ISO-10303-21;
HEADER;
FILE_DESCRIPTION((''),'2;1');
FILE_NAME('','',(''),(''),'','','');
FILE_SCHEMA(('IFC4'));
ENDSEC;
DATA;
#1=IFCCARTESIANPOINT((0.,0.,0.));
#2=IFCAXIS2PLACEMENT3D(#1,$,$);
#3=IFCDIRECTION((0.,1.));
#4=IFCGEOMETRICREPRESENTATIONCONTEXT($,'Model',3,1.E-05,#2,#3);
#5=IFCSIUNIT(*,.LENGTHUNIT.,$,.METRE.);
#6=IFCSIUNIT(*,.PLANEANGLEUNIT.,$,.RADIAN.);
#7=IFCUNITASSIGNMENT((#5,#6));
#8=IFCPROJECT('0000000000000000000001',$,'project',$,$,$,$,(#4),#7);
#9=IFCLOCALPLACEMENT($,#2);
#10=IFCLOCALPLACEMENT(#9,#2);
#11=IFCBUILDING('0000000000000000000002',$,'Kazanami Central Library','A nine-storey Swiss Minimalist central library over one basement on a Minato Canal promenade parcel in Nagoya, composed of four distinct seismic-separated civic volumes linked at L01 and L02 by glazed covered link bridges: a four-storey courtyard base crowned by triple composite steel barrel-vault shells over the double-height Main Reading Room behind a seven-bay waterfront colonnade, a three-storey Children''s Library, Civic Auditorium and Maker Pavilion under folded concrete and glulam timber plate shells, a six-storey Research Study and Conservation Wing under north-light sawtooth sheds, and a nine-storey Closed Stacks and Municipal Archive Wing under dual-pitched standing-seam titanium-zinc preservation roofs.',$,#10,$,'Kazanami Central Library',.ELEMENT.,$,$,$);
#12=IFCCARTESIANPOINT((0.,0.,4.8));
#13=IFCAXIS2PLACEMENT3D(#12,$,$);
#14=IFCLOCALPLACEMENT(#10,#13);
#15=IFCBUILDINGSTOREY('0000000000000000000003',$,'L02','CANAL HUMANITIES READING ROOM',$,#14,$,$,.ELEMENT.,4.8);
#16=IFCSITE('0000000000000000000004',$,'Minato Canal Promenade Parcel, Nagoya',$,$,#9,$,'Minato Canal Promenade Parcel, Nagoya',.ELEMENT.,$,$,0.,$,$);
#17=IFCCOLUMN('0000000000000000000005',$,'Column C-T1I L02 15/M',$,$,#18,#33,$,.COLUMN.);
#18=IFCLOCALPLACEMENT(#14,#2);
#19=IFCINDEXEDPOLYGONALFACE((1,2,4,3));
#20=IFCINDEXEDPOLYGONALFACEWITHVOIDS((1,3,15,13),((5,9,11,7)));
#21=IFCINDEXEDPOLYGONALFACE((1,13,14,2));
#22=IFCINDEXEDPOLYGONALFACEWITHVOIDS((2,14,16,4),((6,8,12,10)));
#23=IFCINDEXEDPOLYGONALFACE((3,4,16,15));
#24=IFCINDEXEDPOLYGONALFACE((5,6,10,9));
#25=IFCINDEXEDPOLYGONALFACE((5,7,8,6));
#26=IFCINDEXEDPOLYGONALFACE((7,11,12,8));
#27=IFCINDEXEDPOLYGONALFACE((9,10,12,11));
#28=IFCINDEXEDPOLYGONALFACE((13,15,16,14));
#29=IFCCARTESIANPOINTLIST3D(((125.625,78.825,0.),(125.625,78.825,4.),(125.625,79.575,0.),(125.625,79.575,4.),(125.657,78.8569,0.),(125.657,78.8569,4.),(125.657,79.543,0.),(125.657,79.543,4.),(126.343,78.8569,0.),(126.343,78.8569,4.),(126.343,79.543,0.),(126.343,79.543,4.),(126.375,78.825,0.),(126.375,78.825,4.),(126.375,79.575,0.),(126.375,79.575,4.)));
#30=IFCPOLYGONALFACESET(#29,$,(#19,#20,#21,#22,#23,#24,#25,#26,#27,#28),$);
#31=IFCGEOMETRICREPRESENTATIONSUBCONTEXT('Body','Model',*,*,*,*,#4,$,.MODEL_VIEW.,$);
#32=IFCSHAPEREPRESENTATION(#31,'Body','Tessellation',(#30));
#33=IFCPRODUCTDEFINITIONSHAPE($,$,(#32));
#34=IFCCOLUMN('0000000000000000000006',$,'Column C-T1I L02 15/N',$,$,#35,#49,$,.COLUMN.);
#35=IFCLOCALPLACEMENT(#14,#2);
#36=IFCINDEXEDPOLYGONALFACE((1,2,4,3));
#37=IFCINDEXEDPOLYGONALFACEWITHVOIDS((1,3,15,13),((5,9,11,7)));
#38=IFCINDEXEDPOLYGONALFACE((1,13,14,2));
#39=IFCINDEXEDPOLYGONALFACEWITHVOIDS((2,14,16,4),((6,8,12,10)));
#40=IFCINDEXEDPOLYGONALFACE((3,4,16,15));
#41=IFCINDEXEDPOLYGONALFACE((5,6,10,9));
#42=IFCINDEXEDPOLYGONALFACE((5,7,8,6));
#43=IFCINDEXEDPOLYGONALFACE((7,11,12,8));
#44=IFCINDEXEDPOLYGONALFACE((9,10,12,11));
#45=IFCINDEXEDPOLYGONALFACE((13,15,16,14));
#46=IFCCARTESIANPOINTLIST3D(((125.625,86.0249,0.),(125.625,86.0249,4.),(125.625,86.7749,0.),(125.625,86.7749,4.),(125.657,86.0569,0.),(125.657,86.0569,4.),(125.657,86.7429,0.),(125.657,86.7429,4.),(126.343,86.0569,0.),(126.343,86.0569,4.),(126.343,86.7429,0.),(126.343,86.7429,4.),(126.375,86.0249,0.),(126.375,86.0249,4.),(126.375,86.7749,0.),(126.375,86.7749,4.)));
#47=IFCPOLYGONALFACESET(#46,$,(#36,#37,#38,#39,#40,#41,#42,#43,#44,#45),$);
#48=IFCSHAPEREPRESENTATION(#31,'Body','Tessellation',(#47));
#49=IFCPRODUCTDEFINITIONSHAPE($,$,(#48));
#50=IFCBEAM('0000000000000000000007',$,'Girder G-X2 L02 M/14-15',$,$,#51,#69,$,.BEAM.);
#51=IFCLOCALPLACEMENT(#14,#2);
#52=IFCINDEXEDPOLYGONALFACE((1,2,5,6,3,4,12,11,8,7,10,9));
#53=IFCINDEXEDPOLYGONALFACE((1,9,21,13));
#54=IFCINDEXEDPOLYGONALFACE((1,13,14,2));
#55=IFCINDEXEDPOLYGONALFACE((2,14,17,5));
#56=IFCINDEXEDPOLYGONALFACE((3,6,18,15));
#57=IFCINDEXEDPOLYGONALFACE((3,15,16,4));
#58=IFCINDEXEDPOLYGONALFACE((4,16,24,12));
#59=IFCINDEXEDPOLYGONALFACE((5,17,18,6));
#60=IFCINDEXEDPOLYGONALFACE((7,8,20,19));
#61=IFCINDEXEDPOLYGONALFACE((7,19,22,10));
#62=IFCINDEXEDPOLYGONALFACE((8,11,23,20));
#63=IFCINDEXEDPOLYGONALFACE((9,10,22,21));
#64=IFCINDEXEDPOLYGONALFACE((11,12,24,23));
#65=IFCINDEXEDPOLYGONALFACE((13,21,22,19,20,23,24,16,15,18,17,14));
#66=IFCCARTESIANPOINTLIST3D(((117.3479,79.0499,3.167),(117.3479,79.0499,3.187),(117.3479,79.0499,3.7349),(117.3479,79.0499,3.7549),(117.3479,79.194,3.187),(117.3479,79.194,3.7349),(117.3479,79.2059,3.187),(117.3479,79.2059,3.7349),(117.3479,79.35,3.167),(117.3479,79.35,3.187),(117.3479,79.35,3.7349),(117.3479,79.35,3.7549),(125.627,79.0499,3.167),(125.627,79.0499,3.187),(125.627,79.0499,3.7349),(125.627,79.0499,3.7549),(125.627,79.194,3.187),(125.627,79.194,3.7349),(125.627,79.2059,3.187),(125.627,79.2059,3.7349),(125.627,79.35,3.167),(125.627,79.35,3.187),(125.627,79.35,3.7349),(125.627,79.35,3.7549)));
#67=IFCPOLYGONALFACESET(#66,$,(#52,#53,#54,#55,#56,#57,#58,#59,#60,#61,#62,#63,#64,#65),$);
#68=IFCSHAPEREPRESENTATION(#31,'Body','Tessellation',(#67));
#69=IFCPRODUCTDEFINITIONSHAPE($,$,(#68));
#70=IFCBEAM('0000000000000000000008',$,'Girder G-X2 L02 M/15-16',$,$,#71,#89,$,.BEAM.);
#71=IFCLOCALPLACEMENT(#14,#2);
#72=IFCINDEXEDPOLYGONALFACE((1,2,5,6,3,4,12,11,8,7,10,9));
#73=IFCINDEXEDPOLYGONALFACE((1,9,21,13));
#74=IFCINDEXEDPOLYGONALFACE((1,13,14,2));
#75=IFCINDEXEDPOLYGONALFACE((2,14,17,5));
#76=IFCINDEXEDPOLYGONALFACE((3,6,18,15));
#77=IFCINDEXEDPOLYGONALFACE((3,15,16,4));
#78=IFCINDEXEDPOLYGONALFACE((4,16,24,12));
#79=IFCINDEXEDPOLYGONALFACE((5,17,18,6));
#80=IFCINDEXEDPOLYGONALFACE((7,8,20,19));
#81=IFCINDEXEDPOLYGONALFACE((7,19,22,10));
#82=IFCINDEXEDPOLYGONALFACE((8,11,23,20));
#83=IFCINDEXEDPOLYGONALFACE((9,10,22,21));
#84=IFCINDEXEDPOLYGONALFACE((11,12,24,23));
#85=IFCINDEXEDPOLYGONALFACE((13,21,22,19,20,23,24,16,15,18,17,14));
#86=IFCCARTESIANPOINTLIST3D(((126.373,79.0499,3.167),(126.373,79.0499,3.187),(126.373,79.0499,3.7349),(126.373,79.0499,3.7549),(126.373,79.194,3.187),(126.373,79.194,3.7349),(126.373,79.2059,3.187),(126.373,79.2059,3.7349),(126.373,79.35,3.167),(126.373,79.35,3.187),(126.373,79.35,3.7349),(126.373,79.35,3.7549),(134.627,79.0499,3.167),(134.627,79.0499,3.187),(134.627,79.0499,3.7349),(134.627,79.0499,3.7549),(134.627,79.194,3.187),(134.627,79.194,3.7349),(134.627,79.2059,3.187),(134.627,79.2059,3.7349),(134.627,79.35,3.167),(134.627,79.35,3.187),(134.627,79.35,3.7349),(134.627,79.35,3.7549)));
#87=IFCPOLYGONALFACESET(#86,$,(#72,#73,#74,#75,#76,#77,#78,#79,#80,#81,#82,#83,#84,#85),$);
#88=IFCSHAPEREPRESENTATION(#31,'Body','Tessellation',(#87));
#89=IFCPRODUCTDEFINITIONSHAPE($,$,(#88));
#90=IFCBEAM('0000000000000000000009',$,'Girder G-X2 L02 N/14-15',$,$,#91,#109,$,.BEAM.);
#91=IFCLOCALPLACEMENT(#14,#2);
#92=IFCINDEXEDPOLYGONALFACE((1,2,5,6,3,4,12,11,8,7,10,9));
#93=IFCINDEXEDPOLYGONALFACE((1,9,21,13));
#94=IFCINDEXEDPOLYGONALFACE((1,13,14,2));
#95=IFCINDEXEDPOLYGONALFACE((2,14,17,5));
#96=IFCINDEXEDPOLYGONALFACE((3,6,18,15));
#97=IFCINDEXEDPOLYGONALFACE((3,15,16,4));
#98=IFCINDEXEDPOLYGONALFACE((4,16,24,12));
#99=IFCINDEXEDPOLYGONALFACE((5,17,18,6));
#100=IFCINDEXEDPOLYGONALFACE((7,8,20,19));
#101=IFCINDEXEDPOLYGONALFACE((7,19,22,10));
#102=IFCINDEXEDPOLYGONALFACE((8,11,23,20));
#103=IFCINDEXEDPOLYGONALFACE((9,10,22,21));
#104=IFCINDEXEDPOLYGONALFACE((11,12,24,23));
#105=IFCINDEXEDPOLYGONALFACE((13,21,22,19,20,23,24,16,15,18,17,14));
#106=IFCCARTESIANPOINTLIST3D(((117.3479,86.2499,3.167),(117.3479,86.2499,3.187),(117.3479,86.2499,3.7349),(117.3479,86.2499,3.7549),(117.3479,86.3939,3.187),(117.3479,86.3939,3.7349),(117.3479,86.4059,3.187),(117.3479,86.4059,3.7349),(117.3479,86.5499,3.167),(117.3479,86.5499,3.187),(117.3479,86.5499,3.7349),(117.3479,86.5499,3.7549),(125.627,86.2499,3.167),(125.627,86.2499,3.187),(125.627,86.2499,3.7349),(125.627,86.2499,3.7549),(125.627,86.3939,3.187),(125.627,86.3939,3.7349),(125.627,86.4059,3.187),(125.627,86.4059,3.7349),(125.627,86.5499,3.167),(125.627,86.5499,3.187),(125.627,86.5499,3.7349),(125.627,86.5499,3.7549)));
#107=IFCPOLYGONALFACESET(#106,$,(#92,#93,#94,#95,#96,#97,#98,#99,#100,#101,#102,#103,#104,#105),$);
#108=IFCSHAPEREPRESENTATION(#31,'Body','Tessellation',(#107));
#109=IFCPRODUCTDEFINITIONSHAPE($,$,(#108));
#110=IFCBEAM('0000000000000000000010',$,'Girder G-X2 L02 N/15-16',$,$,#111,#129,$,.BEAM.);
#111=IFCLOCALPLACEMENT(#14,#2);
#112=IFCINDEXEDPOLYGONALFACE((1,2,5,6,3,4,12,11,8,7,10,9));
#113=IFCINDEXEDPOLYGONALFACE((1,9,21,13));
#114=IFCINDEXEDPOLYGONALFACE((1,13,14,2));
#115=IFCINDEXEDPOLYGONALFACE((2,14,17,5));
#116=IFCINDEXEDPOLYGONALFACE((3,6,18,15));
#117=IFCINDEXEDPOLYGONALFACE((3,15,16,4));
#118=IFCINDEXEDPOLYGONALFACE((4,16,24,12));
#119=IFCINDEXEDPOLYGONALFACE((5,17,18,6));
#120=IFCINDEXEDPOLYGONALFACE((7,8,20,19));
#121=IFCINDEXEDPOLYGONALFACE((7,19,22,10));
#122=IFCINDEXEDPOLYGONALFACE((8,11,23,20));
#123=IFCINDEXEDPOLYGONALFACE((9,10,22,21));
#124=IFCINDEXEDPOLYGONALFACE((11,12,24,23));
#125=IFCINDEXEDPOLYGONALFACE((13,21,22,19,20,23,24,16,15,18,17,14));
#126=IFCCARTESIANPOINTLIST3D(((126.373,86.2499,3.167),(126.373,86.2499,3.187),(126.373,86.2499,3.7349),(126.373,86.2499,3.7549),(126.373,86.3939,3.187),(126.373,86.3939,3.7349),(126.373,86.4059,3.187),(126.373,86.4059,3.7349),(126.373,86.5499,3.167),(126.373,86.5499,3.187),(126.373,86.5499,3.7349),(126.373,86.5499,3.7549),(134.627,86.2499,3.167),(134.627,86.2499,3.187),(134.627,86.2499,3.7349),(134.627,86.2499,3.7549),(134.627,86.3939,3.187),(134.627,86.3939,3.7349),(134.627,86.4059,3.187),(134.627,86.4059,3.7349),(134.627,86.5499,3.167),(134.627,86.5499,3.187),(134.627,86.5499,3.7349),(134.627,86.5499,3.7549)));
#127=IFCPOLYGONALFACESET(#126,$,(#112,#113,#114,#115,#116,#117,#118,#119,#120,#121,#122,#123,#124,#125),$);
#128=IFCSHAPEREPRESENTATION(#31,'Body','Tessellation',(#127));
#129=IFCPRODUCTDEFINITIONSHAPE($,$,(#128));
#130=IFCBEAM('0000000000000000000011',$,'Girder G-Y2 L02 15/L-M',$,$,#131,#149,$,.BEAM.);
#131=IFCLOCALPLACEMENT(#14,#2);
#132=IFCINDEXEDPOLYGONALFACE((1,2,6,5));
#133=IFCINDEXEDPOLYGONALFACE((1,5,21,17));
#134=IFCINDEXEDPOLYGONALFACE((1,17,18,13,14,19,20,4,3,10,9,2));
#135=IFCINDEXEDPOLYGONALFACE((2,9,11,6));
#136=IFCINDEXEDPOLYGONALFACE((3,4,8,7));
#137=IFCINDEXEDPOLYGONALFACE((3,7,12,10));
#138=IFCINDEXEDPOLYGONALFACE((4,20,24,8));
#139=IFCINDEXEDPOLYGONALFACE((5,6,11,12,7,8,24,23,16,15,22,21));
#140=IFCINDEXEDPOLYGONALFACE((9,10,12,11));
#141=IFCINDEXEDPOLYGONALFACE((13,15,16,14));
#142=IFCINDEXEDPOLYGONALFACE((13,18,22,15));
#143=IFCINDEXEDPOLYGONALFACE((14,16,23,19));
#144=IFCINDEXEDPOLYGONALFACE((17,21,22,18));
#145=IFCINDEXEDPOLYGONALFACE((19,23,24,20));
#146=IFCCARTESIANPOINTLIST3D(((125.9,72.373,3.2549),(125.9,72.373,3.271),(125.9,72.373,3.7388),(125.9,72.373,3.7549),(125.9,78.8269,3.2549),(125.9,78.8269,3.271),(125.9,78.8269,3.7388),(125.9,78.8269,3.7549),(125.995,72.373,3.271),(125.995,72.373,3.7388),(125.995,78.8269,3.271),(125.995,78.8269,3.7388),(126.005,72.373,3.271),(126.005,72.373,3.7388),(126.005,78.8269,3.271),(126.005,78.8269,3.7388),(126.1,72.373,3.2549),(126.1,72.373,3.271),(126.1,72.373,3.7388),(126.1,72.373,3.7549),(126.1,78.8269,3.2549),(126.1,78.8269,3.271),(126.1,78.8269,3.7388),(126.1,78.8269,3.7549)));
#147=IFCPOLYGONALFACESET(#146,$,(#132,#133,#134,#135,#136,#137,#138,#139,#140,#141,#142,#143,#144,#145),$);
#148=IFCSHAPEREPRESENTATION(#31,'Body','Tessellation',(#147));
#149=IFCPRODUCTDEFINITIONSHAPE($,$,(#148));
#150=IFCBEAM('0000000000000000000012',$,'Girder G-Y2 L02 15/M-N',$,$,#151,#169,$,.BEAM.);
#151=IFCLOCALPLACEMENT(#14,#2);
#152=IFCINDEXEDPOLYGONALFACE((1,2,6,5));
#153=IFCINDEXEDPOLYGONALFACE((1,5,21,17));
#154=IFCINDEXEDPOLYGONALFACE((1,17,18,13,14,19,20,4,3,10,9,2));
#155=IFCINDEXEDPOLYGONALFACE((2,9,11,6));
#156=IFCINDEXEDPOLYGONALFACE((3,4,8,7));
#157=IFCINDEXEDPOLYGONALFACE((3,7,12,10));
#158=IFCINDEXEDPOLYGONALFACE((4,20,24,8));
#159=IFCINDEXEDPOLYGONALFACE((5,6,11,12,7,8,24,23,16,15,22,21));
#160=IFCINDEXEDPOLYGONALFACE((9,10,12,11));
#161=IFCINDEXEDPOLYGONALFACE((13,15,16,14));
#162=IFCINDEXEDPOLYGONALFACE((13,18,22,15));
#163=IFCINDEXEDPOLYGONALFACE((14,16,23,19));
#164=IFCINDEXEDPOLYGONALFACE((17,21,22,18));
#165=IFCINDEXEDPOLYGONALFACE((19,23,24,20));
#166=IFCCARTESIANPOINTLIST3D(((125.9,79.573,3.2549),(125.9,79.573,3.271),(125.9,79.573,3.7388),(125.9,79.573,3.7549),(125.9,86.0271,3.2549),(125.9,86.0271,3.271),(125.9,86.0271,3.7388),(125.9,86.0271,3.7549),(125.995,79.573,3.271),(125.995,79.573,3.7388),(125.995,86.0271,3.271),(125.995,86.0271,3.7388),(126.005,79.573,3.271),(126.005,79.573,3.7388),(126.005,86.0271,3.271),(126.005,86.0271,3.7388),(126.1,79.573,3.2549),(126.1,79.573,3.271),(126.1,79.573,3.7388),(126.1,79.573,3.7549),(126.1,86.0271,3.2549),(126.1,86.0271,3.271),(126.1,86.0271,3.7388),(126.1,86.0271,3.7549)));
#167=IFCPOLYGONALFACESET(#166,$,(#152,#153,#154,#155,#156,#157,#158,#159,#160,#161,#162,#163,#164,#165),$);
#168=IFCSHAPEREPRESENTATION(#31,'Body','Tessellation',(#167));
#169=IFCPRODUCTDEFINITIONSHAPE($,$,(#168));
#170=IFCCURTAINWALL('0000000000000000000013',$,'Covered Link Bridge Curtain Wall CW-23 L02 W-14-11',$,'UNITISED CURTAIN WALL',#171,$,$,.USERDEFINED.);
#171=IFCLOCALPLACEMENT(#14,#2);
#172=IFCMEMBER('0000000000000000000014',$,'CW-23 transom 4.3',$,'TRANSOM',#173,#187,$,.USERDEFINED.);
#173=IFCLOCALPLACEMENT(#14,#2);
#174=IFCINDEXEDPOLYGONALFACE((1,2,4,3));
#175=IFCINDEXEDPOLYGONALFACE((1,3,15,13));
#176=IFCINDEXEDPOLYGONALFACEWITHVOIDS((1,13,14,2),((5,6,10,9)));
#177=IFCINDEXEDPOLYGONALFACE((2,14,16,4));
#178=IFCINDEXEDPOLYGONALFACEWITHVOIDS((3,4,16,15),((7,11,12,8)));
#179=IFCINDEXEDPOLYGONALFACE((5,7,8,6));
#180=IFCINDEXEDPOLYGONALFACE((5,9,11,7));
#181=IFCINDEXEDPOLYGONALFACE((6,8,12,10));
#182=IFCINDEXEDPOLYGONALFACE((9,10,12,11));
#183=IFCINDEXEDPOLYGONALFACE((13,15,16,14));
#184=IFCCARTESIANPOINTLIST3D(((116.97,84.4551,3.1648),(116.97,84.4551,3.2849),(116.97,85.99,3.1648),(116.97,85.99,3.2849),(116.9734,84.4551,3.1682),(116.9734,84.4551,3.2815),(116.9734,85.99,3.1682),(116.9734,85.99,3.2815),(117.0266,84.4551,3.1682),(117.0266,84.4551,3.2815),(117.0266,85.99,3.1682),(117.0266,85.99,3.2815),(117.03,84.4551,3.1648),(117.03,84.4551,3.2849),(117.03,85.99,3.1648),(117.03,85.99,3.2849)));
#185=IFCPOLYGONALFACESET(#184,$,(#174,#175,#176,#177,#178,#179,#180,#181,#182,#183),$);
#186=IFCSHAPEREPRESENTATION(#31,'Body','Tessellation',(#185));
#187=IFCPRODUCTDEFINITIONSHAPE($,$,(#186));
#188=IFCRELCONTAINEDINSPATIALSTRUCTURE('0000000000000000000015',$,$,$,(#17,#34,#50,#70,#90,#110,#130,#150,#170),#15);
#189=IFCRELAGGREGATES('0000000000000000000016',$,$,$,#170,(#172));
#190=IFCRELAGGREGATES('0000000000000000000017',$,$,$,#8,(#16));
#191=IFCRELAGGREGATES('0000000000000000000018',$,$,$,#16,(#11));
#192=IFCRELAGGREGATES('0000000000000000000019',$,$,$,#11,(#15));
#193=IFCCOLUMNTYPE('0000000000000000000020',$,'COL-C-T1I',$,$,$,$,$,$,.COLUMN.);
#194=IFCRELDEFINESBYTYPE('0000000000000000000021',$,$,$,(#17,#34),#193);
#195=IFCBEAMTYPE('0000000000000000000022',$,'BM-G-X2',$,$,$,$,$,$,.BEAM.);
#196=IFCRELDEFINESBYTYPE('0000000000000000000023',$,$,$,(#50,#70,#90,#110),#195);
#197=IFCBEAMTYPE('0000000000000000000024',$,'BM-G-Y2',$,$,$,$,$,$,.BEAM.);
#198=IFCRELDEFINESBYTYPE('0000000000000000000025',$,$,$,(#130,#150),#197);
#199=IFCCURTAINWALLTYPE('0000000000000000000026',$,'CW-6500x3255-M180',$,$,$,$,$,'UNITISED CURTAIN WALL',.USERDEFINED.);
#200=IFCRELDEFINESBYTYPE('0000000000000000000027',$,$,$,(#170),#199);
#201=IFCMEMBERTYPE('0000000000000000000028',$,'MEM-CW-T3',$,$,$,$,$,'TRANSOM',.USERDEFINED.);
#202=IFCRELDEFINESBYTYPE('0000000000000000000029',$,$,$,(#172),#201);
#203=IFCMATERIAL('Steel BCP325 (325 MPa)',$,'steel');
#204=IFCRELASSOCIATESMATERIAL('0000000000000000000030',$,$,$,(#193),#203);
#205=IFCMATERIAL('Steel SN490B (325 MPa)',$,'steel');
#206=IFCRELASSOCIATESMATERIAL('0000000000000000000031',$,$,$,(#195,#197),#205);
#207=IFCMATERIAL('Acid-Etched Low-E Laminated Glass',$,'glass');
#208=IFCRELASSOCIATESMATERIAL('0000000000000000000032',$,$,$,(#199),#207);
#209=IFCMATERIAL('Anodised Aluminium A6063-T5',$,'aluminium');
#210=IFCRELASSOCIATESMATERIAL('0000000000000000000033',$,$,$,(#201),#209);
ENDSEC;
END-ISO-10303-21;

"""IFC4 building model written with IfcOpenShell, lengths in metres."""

from ifc_helpers import new_model, si_unit, direction, frame, origin, origin_2d, place, context, subcontext, project, spatial, hollow_rectangle, i_section, extrude, material, material_profile, profile_set, type_object, element, aggregate, save


model = new_model("IFC4")

# Units and contexts
model_context = context("Model", 3, precision=1e-05, world=origin(), true_north=direction((0.0, 1.0)))
body_context = subcontext(model_context, "Body", "Model", "MODEL_VIEW")
ifc_project = project(units=[si_unit("LENGTHUNIT", "METRE"), si_unit("PLANEANGLEUNIT", "RADIAN")], contexts=[model_context])

# Site, building, storey
site_placement = place(None, origin())
site = spatial("IfcSite", under=ifc_project, at=site_placement, Name="Minato Canal Promenade Parcel, Nagoya", LongName="Minato Canal Promenade Parcel, Nagoya", CompositionType="ELEMENT", RefElevation=0.0)
building_placement = place(site_placement, origin())
building = spatial("IfcBuilding", under=site, at=building_placement, Name="Kazanami Central Library", Description="A nine-storey Swiss Minimalist central library over one basement on a Minato Canal promenade parcel in Nagoya, composed of four distinct seismic-separated civic volumes linked at L01 and L02 by glazed covered link bridges: a four-storey courtyard base crowned by triple composite steel barrel-vault shells over the double-height Main Reading Room behind a seven-bay waterfront colonnade, a three-storey Children's Library, Civic Auditorium and Maker Pavilion under folded concrete and glulam timber plate shells, a six-storey Research Study and Conservation Wing under north-light sawtooth sheds, and a nine-storey Closed Stacks and Municipal Archive Wing under dual-pitched standing-seam titanium-zinc preservation roofs.", LongName="Kazanami Central Library", CompositionType="ELEMENT")
storey_placement = place(building_placement, frame((0.0, 0.0, 4.8)))
storey = spatial("IfcBuildingStorey", under=building, at=storey_placement, Name="L02", Description="CANAL HUMANITIES READING ROOM", CompositionType="ELEMENT", Elevation=4.8)

# Columns
ifc_material_1 = material(Name="Steel BCP325 (325 MPa)", Category="steel")
ifc_material_profile_1 = material_profile(ifc_material_1, hollow_rectangle(XDim=0.75, YDim=0.75, WallThickness=0.032, at=origin_2d()), Name="BCP-750x750x32")
ifc_profile_set_1 = profile_set([ifc_material_profile_1], Name="Steel BCP325 (325 MPa)")
column_type = type_object("IfcColumnType", Name="COL-C-T1I", PredefinedType="COLUMN", material=ifc_profile_set_1)
for number, where, z_axis, x_axis, name in (
    (1, (126.0, 79.2, 0.0), (0.0, 0.0, 1.0), (1.0, 0.0, 0.0), "Column C-T1I L02 15/M"),
    (2, (126.0, 86.3999, 0.0), (0.0, 0.0, 1.0), (1.0, 0.0, 0.0), "Column C-T1I L02 15/N"),
):
    element("IfcColumn", number, at=place(storey_placement, frame(where, z_axis=z_axis, x_axis=x_axis)), inside=storey, type_object=column_type, Name=name, PredefinedType="COLUMN", context=body_context, shape_type="SweptSolid", body=[
        extrude(hollow_rectangle(XDim=0.75, YDim=0.75, WallThickness=0.032, at=origin_2d()), origin(), (0.0, 0.0, 1.0), 4.0),
    ])

# Beams
ifc_material_2 = material(Name="Steel SN490B (325 MPa)", Category="steel")
ifc_material_profile_2 = material_profile(ifc_material_2, i_section(OverallWidth=0.3, OverallDepth=0.5879, WebThickness=0.012, FlangeThickness=0.02, at=origin_2d()), Name="H-588x300x12x20")
ifc_profile_set_2 = profile_set([ifc_material_profile_2], Name="Steel SN490B (325 MPa)")
beam_type_1 = type_object("IfcBeamType", Name="BM-G-X2", PredefinedType="BEAM", material=ifc_profile_set_2)
beam_1_placement = place(storey_placement, frame((117.3479, 79.2, 3.4609), z_axis=(1.0, 0.0, 0.0), x_axis=(0.0, 1.0, 0.0)))
element("IfcBeam", 3, at=beam_1_placement, inside=storey, type_object=beam_type_1, Name="Girder G-X2 L02 M/14-15", PredefinedType="BEAM", context=body_context, shape_type="SweptSolid", body=[
    extrude(i_section(OverallWidth=0.3, OverallDepth=0.5879, WebThickness=0.012, FlangeThickness=0.02, at=origin_2d()), origin(), (0.0, 0.0, 1.0), 8.2791),
])
beam_2_placement = place(storey_placement, frame((126.373, 79.2, 3.4609), z_axis=(1.0, 0.0, 0.0), x_axis=(0.0, 1.0, 0.0)))
element("IfcBeam", 4, at=beam_2_placement, inside=storey, type_object=beam_type_1, Name="Girder G-X2 L02 M/15-16", PredefinedType="BEAM", context=body_context, shape_type="SweptSolid", body=[
    extrude(i_section(OverallWidth=0.3, OverallDepth=0.5879, WebThickness=0.012, FlangeThickness=0.02, at=origin_2d()), origin(), (0.0, 0.0, 1.0), 8.2539),
])
beam_3_placement = place(storey_placement, frame((117.3479, 86.3999, 3.4609), z_axis=(1.0, 0.0, 0.0), x_axis=(0.0, 1.0, 0.0)))
element("IfcBeam", 5, at=beam_3_placement, inside=storey, type_object=beam_type_1, Name="Girder G-X2 L02 N/14-15", PredefinedType="BEAM", context=body_context, shape_type="SweptSolid", body=[
    extrude(i_section(OverallWidth=0.3, OverallDepth=0.5879, WebThickness=0.012, FlangeThickness=0.02, at=origin_2d()), origin(), (0.0, 0.0, 1.0), 8.2791),
])
beam_4_placement = place(storey_placement, frame((126.373, 86.3999, 3.4609), z_axis=(1.0, 0.0, 0.0), x_axis=(0.0, 1.0, 0.0)))
element("IfcBeam", 6, at=beam_4_placement, inside=storey, type_object=beam_type_1, Name="Girder G-X2 L02 N/15-16", PredefinedType="BEAM", context=body_context, shape_type="SweptSolid", body=[
    extrude(i_section(OverallWidth=0.3, OverallDepth=0.5879, WebThickness=0.012, FlangeThickness=0.02, at=origin_2d()), origin(), (0.0, 0.0, 1.0), 8.2539),
])
ifc_material_profile_3 = material_profile(ifc_material_2, i_section(OverallWidth=0.2, OverallDepth=0.5, WebThickness=0.01, FlangeThickness=0.0161, at=origin_2d()), Name="H-500x200x10x16")
ifc_profile_set_3 = profile_set([ifc_material_profile_3], Name="Steel SN490B (325 MPa)")
beam_type_2 = type_object("IfcBeamType", Name="BM-G-Y2", PredefinedType="BEAM", material=ifc_profile_set_3)
beam_5_placement = place(storey_placement, frame((126.0, 72.373, 3.5049), z_axis=(0.0, 1.0, 0.0), x_axis=(-1.0, 0.0, 0.0)))
element("IfcBeam", 7, at=beam_5_placement, inside=storey, type_object=beam_type_2, Name="Girder G-Y2 L02 15/L-M", PredefinedType="BEAM", context=body_context, shape_type="SweptSolid", body=[
    extrude(i_section(OverallWidth=0.2, OverallDepth=0.5, WebThickness=0.01, FlangeThickness=0.0161, at=origin_2d()), origin(), (0.0, 0.0, 1.0), 6.4539),
])
beam_6_placement = place(storey_placement, frame((126.0, 79.573, 3.5049), z_axis=(0.0, 1.0, 0.0), x_axis=(-1.0, 0.0, 0.0)))
element("IfcBeam", 8, at=beam_6_placement, inside=storey, type_object=beam_type_2, Name="Girder G-Y2 L02 15/M-N", PredefinedType="BEAM", context=body_context, shape_type="SweptSolid", body=[
    extrude(i_section(OverallWidth=0.2, OverallDepth=0.5, WebThickness=0.01, FlangeThickness=0.0161, at=origin_2d()), origin(), (0.0, 0.0, 1.0), 6.4541),
])

# Curtain wall, member
ifc_material_3 = material(Name="Acid-Etched Low-E Laminated Glass", Category="glass")
curtain_wall_type = type_object("IfcCurtainWallType", Name="CW-6500x3255-M180", ElementType="UNITISED CURTAIN WALL", PredefinedType="USERDEFINED", material=ifc_material_3)
curtain_wall_placement = place(storey_placement, origin())
curtain_wall = element("IfcCurtainWall", 9, at=curtain_wall_placement, inside=storey, type_object=curtain_wall_type, Name="Covered Link Bridge Curtain Wall CW-23 L02 W-14-11", ObjectType="UNITISED CURTAIN WALL", PredefinedType="USERDEFINED")
ifc_material_4 = material(Name="Anodised Aluminium A6063-T5", Category="aluminium")
ifc_material_profile_4 = material_profile(ifc_material_4, hollow_rectangle(XDim=0.0601, YDim=0.1201, WallThickness=0.0034, at=origin_2d()), Name="ALU-TRAN-60x120x3.5")
ifc_profile_set_4 = profile_set([ifc_material_profile_4], Name="Anodised Aluminium A6063-T5")
member_type = type_object("IfcMemberType", Name="MEM-CW-T3", ElementType="TRANSOM", PredefinedType="USERDEFINED", material=ifc_profile_set_4)
member_placement = place(storey_placement, frame((117.0, 84.4551, 3.2249), z_axis=(0.0, 1.0, 0.0), x_axis=(-1.0, 0.0, 0.0)))
member = element("IfcMember", 10, at=member_placement, type_object=member_type, Name="CW-23 transom 4.3", ObjectType="TRANSOM", PredefinedType="USERDEFINED", context=body_context, shape_type="SweptSolid", body=[
    extrude(hollow_rectangle(XDim=0.0601, YDim=0.1201, WallThickness=0.0034, at=origin_2d()), origin(), (0.0, 0.0, 1.0), 1.5349),
])
aggregate(curtain_wall, [member])

save(model, "model.ifc")
